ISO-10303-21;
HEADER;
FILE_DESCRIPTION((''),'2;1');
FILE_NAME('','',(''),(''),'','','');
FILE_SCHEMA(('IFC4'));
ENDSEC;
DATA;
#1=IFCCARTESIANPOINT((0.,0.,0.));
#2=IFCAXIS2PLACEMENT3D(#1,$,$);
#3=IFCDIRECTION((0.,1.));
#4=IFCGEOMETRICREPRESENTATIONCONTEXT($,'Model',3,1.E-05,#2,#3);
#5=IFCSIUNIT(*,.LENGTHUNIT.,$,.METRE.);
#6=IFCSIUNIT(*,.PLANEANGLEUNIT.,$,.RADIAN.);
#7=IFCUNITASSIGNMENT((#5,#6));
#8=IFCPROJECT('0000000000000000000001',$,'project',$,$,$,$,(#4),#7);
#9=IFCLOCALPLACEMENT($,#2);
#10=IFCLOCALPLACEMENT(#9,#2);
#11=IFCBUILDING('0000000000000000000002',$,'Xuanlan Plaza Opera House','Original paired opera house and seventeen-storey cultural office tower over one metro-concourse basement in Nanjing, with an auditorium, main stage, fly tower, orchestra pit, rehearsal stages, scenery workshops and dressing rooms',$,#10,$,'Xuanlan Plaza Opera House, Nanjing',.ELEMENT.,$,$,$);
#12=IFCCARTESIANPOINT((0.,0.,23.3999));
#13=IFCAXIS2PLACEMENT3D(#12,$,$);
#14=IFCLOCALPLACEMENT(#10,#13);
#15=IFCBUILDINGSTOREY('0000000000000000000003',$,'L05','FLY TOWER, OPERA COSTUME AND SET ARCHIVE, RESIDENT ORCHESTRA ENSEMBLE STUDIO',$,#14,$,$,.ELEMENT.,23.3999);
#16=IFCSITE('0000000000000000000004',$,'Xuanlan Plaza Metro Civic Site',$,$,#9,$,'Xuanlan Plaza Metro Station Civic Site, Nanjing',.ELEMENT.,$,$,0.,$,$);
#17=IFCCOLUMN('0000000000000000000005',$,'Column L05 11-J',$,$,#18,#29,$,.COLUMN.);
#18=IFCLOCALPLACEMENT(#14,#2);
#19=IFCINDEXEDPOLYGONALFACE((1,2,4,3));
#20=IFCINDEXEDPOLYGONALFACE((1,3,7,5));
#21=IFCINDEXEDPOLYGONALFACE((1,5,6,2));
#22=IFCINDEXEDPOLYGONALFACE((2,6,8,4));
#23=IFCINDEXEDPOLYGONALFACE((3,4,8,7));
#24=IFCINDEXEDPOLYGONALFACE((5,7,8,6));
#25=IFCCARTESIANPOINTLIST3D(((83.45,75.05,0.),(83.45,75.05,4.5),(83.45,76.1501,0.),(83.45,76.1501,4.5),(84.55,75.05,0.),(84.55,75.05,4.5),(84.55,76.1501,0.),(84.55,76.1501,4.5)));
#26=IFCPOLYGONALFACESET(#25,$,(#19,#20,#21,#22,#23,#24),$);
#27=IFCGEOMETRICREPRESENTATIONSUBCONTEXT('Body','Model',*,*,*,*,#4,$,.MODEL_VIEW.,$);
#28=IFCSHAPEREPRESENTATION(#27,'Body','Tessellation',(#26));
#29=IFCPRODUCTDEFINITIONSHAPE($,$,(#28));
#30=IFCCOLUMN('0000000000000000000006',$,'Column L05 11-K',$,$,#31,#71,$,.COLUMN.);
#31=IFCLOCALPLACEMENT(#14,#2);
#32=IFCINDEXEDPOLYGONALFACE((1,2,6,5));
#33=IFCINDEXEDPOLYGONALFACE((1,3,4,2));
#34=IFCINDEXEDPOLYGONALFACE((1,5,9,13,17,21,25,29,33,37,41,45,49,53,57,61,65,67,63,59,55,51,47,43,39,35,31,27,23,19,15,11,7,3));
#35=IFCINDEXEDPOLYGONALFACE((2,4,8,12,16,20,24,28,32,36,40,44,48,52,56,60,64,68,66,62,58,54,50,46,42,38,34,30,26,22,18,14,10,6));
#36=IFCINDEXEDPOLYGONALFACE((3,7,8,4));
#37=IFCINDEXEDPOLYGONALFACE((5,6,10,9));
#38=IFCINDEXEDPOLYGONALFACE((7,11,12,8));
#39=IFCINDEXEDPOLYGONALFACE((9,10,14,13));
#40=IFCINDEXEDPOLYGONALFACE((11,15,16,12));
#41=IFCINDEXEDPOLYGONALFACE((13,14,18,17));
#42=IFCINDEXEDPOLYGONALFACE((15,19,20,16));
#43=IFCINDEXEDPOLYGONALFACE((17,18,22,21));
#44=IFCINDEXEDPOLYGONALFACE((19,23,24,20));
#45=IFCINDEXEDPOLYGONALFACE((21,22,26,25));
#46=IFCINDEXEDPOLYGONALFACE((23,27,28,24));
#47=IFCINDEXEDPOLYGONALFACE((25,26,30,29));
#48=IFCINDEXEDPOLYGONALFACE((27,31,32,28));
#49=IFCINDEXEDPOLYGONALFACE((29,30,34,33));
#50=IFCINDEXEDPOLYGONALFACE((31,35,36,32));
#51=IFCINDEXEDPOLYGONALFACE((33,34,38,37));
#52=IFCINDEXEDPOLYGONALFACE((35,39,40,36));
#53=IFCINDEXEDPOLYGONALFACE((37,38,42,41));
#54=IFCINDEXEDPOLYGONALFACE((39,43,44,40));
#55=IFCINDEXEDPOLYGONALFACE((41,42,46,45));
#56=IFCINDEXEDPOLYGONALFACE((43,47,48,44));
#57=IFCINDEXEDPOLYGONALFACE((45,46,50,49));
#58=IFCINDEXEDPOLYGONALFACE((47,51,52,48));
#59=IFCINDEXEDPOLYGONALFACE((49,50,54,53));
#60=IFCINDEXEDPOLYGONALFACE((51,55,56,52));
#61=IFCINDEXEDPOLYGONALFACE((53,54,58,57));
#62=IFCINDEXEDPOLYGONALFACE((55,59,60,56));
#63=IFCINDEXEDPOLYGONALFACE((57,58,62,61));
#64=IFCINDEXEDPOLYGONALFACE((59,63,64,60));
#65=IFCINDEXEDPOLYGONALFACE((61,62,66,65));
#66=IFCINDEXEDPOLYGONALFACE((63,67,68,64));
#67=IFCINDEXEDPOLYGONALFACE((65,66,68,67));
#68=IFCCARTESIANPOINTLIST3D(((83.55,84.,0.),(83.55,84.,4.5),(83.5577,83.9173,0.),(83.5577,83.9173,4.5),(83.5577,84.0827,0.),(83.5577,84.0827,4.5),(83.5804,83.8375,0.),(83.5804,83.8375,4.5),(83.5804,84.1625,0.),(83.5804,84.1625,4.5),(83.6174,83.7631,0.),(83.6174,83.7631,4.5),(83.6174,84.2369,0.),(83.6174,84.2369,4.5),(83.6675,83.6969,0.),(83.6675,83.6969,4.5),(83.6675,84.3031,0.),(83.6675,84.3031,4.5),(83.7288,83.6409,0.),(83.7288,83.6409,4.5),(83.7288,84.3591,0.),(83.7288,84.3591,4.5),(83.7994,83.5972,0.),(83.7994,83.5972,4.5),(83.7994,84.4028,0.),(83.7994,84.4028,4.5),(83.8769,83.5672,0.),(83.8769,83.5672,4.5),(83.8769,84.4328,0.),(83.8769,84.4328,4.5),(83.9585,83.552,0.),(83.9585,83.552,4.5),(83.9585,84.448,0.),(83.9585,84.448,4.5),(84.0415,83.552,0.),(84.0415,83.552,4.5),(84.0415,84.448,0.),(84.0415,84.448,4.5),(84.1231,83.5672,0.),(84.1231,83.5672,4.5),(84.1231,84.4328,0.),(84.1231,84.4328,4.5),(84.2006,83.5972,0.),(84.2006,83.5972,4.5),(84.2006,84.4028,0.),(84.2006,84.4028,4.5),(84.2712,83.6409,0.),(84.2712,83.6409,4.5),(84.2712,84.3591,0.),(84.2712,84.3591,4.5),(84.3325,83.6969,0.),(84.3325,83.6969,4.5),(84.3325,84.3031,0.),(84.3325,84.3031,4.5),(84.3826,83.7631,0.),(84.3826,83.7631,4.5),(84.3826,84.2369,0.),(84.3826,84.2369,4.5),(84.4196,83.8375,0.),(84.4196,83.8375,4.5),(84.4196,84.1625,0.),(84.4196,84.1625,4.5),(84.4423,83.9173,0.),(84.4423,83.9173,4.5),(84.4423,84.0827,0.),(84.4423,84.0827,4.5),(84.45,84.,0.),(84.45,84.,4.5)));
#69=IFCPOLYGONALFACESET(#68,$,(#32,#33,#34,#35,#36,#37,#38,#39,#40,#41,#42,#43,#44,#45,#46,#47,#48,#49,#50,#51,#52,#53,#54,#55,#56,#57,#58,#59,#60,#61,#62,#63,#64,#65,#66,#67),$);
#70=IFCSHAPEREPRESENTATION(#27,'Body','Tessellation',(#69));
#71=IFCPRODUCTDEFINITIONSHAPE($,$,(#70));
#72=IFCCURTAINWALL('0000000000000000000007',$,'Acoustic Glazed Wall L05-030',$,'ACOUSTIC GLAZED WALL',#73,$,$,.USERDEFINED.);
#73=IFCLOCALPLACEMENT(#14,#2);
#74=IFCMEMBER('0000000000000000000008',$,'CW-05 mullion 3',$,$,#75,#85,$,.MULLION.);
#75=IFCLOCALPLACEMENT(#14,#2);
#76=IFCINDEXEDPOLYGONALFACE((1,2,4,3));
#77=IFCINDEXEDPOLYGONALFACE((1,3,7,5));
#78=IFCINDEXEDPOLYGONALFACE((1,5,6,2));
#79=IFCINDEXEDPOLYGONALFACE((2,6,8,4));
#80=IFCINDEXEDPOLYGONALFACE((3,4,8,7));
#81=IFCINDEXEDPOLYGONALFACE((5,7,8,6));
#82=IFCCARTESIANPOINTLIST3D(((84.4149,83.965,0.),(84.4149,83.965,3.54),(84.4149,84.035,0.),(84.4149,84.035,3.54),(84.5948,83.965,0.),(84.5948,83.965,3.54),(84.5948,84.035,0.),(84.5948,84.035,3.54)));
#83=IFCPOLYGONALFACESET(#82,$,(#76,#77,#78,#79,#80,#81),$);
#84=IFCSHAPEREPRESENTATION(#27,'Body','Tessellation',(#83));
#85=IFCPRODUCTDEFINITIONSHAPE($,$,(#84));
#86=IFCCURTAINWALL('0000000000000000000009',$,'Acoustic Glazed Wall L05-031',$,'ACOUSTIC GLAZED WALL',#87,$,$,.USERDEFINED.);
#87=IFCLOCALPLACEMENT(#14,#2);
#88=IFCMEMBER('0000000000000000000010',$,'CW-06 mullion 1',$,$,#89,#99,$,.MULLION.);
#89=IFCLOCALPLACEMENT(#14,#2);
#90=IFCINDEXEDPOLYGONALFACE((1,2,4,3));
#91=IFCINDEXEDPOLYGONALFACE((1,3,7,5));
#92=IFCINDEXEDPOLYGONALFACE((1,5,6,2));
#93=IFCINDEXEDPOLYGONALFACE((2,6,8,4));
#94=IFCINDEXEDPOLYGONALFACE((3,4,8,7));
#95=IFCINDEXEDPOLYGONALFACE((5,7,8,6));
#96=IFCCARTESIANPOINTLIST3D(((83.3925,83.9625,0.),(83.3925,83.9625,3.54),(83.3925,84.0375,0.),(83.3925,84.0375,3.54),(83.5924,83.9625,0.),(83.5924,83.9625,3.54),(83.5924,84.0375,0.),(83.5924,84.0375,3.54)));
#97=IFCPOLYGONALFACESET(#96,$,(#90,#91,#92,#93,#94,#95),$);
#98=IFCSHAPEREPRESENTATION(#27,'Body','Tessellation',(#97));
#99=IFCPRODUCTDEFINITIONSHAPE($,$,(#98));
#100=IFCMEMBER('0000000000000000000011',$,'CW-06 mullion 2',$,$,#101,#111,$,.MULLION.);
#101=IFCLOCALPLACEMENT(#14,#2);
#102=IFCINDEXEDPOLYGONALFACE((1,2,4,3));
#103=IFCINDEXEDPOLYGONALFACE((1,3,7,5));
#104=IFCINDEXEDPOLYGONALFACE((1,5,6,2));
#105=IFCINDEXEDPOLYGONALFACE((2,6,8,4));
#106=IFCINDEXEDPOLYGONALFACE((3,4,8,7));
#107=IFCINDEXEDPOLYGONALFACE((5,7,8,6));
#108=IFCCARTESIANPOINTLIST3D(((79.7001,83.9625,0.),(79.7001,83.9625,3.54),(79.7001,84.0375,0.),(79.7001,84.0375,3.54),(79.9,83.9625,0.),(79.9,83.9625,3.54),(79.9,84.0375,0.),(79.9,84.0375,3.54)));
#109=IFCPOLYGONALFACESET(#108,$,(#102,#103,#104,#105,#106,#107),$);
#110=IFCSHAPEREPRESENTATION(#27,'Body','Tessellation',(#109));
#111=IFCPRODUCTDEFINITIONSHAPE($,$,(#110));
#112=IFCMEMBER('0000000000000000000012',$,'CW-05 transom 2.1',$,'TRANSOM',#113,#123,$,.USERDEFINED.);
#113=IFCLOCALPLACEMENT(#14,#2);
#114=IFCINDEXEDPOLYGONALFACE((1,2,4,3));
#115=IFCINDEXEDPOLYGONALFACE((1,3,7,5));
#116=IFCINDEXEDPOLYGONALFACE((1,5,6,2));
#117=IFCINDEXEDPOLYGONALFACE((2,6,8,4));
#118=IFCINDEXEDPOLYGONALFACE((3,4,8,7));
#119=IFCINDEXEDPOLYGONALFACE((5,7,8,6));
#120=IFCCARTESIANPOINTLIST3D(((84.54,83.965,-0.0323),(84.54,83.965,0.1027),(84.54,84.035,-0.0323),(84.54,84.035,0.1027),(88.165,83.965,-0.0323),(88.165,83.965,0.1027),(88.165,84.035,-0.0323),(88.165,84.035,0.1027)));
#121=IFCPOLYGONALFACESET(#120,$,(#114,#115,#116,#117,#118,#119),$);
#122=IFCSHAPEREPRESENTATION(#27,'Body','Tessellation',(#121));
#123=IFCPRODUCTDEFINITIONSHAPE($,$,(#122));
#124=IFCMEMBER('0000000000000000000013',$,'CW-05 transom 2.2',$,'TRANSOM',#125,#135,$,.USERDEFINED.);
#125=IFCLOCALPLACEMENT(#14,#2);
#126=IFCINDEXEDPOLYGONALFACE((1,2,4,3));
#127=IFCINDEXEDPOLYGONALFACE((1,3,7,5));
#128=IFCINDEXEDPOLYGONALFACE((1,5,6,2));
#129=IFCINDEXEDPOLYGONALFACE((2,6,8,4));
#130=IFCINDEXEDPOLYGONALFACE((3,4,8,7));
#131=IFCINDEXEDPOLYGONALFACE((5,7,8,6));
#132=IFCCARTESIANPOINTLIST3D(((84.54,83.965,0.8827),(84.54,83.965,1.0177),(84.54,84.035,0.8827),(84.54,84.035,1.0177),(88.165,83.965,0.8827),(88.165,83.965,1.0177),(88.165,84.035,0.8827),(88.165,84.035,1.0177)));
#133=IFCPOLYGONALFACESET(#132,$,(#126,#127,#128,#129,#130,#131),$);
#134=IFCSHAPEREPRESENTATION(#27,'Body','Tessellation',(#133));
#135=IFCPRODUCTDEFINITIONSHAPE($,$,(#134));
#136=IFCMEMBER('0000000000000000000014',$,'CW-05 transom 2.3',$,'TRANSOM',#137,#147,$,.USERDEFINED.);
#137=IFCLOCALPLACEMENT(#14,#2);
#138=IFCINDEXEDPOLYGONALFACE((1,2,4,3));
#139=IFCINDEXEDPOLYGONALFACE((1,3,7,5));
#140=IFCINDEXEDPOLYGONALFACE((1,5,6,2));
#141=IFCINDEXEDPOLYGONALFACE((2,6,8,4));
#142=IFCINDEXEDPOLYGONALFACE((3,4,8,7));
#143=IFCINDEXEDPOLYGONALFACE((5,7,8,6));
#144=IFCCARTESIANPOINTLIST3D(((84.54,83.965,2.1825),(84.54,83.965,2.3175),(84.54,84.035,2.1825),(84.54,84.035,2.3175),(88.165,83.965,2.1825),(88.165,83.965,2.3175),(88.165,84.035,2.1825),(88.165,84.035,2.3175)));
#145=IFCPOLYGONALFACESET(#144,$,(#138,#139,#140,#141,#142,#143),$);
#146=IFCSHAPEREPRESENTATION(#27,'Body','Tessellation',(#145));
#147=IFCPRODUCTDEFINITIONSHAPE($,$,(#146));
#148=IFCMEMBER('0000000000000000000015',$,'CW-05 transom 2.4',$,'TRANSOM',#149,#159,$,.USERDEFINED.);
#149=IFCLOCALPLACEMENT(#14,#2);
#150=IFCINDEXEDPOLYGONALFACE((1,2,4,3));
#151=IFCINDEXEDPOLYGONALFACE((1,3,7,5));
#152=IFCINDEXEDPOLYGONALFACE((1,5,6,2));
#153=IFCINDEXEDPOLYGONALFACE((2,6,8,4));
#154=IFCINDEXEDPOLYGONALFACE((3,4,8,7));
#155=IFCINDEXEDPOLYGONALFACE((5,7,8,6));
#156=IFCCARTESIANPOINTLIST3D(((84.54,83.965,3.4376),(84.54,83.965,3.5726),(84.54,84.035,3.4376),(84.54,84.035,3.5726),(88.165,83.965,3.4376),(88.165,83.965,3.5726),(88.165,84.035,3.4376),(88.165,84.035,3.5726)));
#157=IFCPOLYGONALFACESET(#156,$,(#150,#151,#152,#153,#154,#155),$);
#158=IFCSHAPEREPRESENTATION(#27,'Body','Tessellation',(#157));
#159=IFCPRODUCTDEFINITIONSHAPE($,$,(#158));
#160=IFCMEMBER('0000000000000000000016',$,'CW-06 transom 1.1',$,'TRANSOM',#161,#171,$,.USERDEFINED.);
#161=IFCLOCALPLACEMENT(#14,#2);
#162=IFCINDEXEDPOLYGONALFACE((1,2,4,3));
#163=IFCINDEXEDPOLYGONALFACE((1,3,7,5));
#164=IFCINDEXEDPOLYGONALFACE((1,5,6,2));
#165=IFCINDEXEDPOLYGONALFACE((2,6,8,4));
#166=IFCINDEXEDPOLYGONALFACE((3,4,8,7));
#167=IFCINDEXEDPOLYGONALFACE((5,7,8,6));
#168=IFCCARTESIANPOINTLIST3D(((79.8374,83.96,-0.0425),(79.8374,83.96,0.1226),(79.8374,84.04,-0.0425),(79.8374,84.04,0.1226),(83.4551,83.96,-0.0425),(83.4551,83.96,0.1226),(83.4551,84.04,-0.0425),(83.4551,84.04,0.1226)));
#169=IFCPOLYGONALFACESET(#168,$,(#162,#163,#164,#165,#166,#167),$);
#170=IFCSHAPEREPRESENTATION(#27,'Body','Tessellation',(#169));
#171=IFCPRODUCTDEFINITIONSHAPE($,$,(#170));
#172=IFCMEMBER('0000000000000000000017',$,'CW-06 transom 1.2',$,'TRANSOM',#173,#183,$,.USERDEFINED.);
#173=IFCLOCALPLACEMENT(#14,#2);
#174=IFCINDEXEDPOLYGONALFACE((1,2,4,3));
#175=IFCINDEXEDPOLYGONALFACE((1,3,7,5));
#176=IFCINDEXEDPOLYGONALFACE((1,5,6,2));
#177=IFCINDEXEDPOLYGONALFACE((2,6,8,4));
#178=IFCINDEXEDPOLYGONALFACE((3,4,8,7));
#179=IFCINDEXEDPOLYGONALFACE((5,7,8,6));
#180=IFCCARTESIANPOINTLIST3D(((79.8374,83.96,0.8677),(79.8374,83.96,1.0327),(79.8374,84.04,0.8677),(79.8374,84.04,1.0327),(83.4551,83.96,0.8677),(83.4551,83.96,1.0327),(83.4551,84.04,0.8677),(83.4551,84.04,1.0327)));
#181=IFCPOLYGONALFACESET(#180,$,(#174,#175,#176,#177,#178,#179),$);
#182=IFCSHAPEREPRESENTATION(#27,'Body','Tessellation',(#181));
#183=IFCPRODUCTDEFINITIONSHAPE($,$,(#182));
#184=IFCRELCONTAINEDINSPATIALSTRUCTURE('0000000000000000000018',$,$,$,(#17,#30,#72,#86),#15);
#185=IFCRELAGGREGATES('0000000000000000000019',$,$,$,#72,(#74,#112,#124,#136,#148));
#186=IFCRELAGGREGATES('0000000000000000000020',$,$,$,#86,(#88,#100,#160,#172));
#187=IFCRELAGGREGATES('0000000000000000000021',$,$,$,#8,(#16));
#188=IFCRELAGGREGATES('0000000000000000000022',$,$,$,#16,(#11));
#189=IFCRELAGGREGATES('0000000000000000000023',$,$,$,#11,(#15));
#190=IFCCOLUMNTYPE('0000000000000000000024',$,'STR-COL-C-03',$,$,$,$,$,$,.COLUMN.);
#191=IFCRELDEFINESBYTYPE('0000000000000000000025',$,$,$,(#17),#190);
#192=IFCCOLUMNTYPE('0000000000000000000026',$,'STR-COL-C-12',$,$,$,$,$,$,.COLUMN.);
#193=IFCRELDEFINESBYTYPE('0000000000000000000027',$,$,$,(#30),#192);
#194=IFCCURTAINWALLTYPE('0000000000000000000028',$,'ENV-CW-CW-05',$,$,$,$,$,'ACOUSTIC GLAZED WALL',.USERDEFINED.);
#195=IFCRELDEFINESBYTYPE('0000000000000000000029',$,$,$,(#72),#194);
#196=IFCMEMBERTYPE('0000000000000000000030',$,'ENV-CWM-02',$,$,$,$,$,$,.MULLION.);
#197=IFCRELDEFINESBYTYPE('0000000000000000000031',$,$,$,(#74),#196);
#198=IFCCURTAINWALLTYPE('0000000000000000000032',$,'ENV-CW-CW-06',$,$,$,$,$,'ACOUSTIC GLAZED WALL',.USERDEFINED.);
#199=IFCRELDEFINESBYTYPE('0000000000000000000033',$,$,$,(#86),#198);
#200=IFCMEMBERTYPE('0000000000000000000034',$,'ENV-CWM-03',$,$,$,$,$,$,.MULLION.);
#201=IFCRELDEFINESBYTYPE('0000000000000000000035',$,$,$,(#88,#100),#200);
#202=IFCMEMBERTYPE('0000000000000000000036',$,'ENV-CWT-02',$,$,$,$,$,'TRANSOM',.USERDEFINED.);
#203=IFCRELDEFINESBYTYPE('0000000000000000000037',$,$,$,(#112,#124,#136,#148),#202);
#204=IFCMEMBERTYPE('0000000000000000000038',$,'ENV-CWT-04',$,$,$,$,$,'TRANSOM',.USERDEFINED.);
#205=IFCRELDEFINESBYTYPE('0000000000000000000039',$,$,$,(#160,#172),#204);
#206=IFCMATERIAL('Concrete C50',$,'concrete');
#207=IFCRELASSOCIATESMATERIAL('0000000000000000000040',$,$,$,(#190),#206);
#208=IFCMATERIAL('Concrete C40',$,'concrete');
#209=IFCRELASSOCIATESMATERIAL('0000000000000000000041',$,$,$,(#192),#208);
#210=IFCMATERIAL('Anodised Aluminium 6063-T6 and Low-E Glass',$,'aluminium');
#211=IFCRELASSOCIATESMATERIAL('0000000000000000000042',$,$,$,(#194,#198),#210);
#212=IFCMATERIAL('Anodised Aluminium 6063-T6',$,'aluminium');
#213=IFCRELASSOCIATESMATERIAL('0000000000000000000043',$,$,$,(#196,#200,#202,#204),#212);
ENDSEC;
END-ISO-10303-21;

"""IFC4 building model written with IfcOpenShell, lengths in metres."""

from ifc_helpers import new_model, si_unit, direction, frame, origin, origin_2d, place, context, subcontext, project, spatial, rectangle, circle, extrude, material, material_profile, profile_set, type_object, element, aggregate, save


model = new_model("IFC4")

# Units and contexts
model_context = context("Model", 3, precision=1e-05, world=origin(), true_north=direction((0.0, 1.0)))
body_context = subcontext(model_context, "Body", "Model", "MODEL_VIEW")
ifc_project = project(units=[si_unit("LENGTHUNIT", "METRE"), si_unit("PLANEANGLEUNIT", "RADIAN")], contexts=[model_context])

# Site, building, storey
site_placement = place(None, origin())
site = spatial("IfcSite", under=ifc_project, at=site_placement, Name="Xuanlan Plaza Metro Civic Site", LongName="Xuanlan Plaza Metro Station Civic Site, Nanjing", CompositionType="ELEMENT", RefElevation=0.0)
building_placement = place(site_placement, origin())
building = spatial("IfcBuilding", under=site, at=building_placement, Name="Xuanlan Plaza Opera House", Description="Original paired opera house and seventeen-storey cultural office tower over one metro-concourse basement in Nanjing, with an auditorium, main stage, fly tower, orchestra pit, rehearsal stages, scenery workshops and dressing rooms", LongName="Xuanlan Plaza Opera House, Nanjing", CompositionType="ELEMENT")
storey_placement = place(building_placement, frame((0.0, 0.0, 23.3999)))
storey = spatial("IfcBuildingStorey", under=building, at=storey_placement, Name="L05", Description="FLY TOWER, OPERA COSTUME AND SET ARCHIVE, RESIDENT ORCHESTRA ENSEMBLE STUDIO", CompositionType="ELEMENT", Elevation=23.3999)

# Columns
ifc_material_1 = material(Name="Concrete C50", Category="concrete")
ifc_material_profile_1 = material_profile(ifc_material_1, rectangle(XDim=1.1001, YDim=1.1001, at=origin_2d()), Name="RC-COL 1100x1100")
ifc_profile_set_1 = profile_set([ifc_material_profile_1], Name="Concrete C50")
column_type_1 = type_object("IfcColumnType", Name="STR-COL-C-03", PredefinedType="COLUMN", material=ifc_profile_set_1)
column_1_placement = place(storey_placement, frame((84.0, 75.6001, 0.0), z_axis=(0.0, 0.0, 1.0), x_axis=(1.0, 0.0, 0.0)))
element("IfcColumn", 1, at=column_1_placement, inside=storey, type_object=column_type_1, Name="Column L05 11-J", PredefinedType="COLUMN", context=body_context, shape_type="SweptSolid", body=[
    extrude(rectangle(XDim=1.1001, YDim=1.1001, at=origin_2d()), origin(), (0.0, 0.0, 1.0), 4.5),
])
ifc_material_2 = material(Name="Concrete C40", Category="concrete")
ifc_material_profile_2 = material_profile(ifc_material_2, circle(Radius=0.45, at=origin_2d()), Name="RC-COL D900")
ifc_profile_set_2 = profile_set([ifc_material_profile_2], Name="Concrete C40")
column_type_2 = type_object("IfcColumnType", Name="STR-COL-C-12", PredefinedType="COLUMN", material=ifc_profile_set_2)
column_2_placement = place(storey_placement, frame((84.0, 84.0, 0.0), z_axis=(0.0, 0.0, 1.0), x_axis=(1.0, 0.0, 0.0)))
element("IfcColumn", 2, at=column_2_placement, inside=storey, type_object=column_type_2, Name="Column L05 11-K", PredefinedType="COLUMN", context=body_context, shape_type="SweptSolid", body=[
    extrude(circle(Radius=0.45, at=origin_2d()), origin(), (0.0, 0.0, 1.0), 4.5),
])

# Curtain wall, member
ifc_material_3 = material(Name="Anodised Aluminium 6063-T6 and Low-E Glass", Category="aluminium")
curtain_wall_type_1 = type_object("IfcCurtainWallType", Name="ENV-CW-CW-05", ElementType="ACOUSTIC GLAZED WALL", PredefinedType="USERDEFINED", material=ifc_material_3)
curtain_wall_1_placement = place(storey_placement, origin())
curtain_wall_1 = element("IfcCurtainWall", 3, at=curtain_wall_1_placement, inside=storey, type_object=curtain_wall_type_1, Name="Acoustic Glazed Wall L05-030", ObjectType="ACOUSTIC GLAZED WALL", PredefinedType="USERDEFINED")
ifc_material_4 = material(Name="Anodised Aluminium 6063-T6", Category="aluminium")
ifc_material_profile_3 = material_profile(ifc_material_4, rectangle(XDim=0.0701, YDim=0.1799, at=origin_2d()), Name="ALU-M 70x180")
ifc_profile_set_3 = profile_set([ifc_material_profile_3], Name="Anodised Aluminium 6063-T6")
member_type_1 = type_object("IfcMemberType", Name="ENV-CWM-02", PredefinedType="MULLION", material=ifc_profile_set_3)
member_1_placement = place(storey_placement, frame((84.5049, 84.0, 0.0), z_axis=(0.0, 0.0, 1.0), x_axis=(0.0, -1.0, 0.0)))
member_1 = element("IfcMember", 4, at=member_1_placement, type_object=member_type_1, Name="CW-05 mullion 3", PredefinedType="MULLION", context=body_context, shape_type="SweptSolid", body=[
    extrude(rectangle(XDim=0.0701, YDim=0.1799, at=origin_2d()), origin(), (0.0, 0.0, 1.0), 3.54),
])

# Curtain wall, members
curtain_wall_type_2 = type_object("IfcCurtainWallType", Name="ENV-CW-CW-06", ElementType="ACOUSTIC GLAZED WALL", PredefinedType="USERDEFINED", material=ifc_material_3)
curtain_wall_2_placement = place(storey_placement, origin())
curtain_wall_2 = element("IfcCurtainWall", 5, at=curtain_wall_2_placement, inside=storey, type_object=curtain_wall_type_2, Name="Acoustic Glazed Wall L05-031", ObjectType="ACOUSTIC GLAZED WALL", PredefinedType="USERDEFINED")
ifc_material_profile_4 = material_profile(ifc_material_4, rectangle(XDim=0.075, YDim=0.2, at=origin_2d()), Name="ALU-M 75x200")
ifc_profile_set_4 = profile_set([ifc_material_profile_4], Name="Anodised Aluminium 6063-T6")
member_type_2 = type_object("IfcMemberType", Name="ENV-CWM-03", PredefinedType="MULLION", material=ifc_profile_set_4)
member_2_placement = place(storey_placement, frame((83.4924, 84.0, 0.0), z_axis=(0.0, 0.0, 1.0), x_axis=(0.0, -1.0, 0.0)))
member_2 = element("IfcMember", 6, at=member_2_placement, type_object=member_type_2, Name="CW-06 mullion 1", PredefinedType="MULLION", context=body_context, shape_type="SweptSolid", body=[
    extrude(rectangle(XDim=0.075, YDim=0.2, at=origin_2d()), origin(), (0.0, 0.0, 1.0), 3.54),
])
member_3_placement = place(storey_placement, frame((79.8, 84.0, 0.0), z_axis=(0.0, 0.0, 1.0), x_axis=(0.0, -1.0, 0.0)))
member_3 = element("IfcMember", 7, at=member_3_placement, type_object=member_type_2, Name="CW-06 mullion 2", PredefinedType="MULLION", context=body_context, shape_type="SweptSolid", body=[
    extrude(rectangle(XDim=0.075, YDim=0.2, at=origin_2d()), origin(), (0.0, 0.0, 1.0), 3.54),
])

# Members
ifc_material_profile_5 = material_profile(ifc_material_4, rectangle(XDim=0.0701, YDim=0.135, at=origin_2d()), Name="ALU-T 70x135")
ifc_profile_set_5 = profile_set([ifc_material_profile_5], Name="Anodised Aluminium 6063-T6")
member_type_3 = type_object("IfcMemberType", Name="ENV-CWT-02", ElementType="TRANSOM", PredefinedType="USERDEFINED", material=ifc_profile_set_5)
member_4_placement = place(storey_placement, frame((88.165, 84.0, 0.0352), z_axis=(-1.0, 0.0, 0.0), x_axis=(0.0, -1.0, 0.0)))
member_4 = element("IfcMember", 8, at=member_4_placement, type_object=member_type_3, Name="CW-05 transom 2.1", ObjectType="TRANSOM", PredefinedType="USERDEFINED", context=body_context, shape_type="SweptSolid", body=[
    extrude(rectangle(XDim=0.0701, YDim=0.135, at=origin_2d()), origin(), (0.0, 0.0, 1.0), 3.625),
])
member_5_placement = place(storey_placement, frame((88.165, 84.0, 0.9502), z_axis=(-1.0, 0.0, 0.0), x_axis=(0.0, -1.0, 0.0)))
member_5 = element("IfcMember", 9, at=member_5_placement, type_object=member_type_3, Name="CW-05 transom 2.2", ObjectType="TRANSOM", PredefinedType="USERDEFINED", context=body_context, shape_type="SweptSolid", body=[
    extrude(rectangle(XDim=0.0701, YDim=0.135, at=origin_2d()), origin(), (0.0, 0.0, 1.0), 3.625),
])
member_6_placement = place(storey_placement, frame((88.165, 84.0, 2.25), z_axis=(-1.0, 0.0, 0.0), x_axis=(0.0, -1.0, 0.0)))
member_6 = element("IfcMember", 10, at=member_6_placement, type_object=member_type_3, Name="CW-05 transom 2.3", ObjectType="TRANSOM", PredefinedType="USERDEFINED", context=body_context, shape_type="SweptSolid", body=[
    extrude(rectangle(XDim=0.0701, YDim=0.135, at=origin_2d()), origin(), (0.0, 0.0, 1.0), 3.625),
])
member_7_placement = place(storey_placement, frame((88.165, 84.0, 3.5051), z_axis=(-1.0, 0.0, 0.0), x_axis=(0.0, -1.0, 0.0)))
member_7 = element("IfcMember", 11, at=member_7_placement, type_object=member_type_3, Name="CW-05 transom 2.4", ObjectType="TRANSOM", PredefinedType="USERDEFINED", context=body_context, shape_type="SweptSolid", body=[
    extrude(rectangle(XDim=0.0701, YDim=0.135, at=origin_2d()), origin(), (0.0, 0.0, 1.0), 3.625),
])
ifc_material_profile_6 = material_profile(ifc_material_4, rectangle(XDim=0.0801, YDim=0.165, at=origin_2d()), Name="ALU-T 80x165")
ifc_profile_set_6 = profile_set([ifc_material_profile_6], Name="Anodised Aluminium 6063-T6")
member_type_4 = type_object("IfcMemberType", Name="ENV-CWT-04", ElementType="TRANSOM", PredefinedType="USERDEFINED", material=ifc_profile_set_6)
member_8_placement = place(storey_placement, frame((83.4551, 84.0, 0.04), z_axis=(-1.0, 0.0, 0.0), x_axis=(0.0, -1.0, 0.0)))
member_8 = element("IfcMember", 12, at=member_8_placement, type_object=member_type_4, Name="CW-06 transom 1.1", ObjectType="TRANSOM", PredefinedType="USERDEFINED", context=body_context, shape_type="SweptSolid", body=[
    extrude(rectangle(XDim=0.0801, YDim=0.165, at=origin_2d()), origin(), (0.0, 0.0, 1.0), 3.6177),
])
member_9_placement = place(storey_placement, frame((83.4551, 84.0, 0.9502), z_axis=(-1.0, 0.0, 0.0), x_axis=(0.0, -1.0, 0.0)))
member_9 = element("IfcMember", 13, at=member_9_placement, type_object=member_type_4, Name="CW-06 transom 1.2", ObjectType="TRANSOM", PredefinedType="USERDEFINED", context=body_context, shape_type="SweptSolid", body=[
    extrude(rectangle(XDim=0.0801, YDim=0.165, at=origin_2d()), origin(), (0.0, 0.0, 1.0), 3.6177),
])

aggregate(curtain_wall_1, [member_1, member_4, member_5, member_6, member_7])
aggregate(curtain_wall_2, [member_2, member_3, member_8, member_9])

save(model, "model.ifc")
